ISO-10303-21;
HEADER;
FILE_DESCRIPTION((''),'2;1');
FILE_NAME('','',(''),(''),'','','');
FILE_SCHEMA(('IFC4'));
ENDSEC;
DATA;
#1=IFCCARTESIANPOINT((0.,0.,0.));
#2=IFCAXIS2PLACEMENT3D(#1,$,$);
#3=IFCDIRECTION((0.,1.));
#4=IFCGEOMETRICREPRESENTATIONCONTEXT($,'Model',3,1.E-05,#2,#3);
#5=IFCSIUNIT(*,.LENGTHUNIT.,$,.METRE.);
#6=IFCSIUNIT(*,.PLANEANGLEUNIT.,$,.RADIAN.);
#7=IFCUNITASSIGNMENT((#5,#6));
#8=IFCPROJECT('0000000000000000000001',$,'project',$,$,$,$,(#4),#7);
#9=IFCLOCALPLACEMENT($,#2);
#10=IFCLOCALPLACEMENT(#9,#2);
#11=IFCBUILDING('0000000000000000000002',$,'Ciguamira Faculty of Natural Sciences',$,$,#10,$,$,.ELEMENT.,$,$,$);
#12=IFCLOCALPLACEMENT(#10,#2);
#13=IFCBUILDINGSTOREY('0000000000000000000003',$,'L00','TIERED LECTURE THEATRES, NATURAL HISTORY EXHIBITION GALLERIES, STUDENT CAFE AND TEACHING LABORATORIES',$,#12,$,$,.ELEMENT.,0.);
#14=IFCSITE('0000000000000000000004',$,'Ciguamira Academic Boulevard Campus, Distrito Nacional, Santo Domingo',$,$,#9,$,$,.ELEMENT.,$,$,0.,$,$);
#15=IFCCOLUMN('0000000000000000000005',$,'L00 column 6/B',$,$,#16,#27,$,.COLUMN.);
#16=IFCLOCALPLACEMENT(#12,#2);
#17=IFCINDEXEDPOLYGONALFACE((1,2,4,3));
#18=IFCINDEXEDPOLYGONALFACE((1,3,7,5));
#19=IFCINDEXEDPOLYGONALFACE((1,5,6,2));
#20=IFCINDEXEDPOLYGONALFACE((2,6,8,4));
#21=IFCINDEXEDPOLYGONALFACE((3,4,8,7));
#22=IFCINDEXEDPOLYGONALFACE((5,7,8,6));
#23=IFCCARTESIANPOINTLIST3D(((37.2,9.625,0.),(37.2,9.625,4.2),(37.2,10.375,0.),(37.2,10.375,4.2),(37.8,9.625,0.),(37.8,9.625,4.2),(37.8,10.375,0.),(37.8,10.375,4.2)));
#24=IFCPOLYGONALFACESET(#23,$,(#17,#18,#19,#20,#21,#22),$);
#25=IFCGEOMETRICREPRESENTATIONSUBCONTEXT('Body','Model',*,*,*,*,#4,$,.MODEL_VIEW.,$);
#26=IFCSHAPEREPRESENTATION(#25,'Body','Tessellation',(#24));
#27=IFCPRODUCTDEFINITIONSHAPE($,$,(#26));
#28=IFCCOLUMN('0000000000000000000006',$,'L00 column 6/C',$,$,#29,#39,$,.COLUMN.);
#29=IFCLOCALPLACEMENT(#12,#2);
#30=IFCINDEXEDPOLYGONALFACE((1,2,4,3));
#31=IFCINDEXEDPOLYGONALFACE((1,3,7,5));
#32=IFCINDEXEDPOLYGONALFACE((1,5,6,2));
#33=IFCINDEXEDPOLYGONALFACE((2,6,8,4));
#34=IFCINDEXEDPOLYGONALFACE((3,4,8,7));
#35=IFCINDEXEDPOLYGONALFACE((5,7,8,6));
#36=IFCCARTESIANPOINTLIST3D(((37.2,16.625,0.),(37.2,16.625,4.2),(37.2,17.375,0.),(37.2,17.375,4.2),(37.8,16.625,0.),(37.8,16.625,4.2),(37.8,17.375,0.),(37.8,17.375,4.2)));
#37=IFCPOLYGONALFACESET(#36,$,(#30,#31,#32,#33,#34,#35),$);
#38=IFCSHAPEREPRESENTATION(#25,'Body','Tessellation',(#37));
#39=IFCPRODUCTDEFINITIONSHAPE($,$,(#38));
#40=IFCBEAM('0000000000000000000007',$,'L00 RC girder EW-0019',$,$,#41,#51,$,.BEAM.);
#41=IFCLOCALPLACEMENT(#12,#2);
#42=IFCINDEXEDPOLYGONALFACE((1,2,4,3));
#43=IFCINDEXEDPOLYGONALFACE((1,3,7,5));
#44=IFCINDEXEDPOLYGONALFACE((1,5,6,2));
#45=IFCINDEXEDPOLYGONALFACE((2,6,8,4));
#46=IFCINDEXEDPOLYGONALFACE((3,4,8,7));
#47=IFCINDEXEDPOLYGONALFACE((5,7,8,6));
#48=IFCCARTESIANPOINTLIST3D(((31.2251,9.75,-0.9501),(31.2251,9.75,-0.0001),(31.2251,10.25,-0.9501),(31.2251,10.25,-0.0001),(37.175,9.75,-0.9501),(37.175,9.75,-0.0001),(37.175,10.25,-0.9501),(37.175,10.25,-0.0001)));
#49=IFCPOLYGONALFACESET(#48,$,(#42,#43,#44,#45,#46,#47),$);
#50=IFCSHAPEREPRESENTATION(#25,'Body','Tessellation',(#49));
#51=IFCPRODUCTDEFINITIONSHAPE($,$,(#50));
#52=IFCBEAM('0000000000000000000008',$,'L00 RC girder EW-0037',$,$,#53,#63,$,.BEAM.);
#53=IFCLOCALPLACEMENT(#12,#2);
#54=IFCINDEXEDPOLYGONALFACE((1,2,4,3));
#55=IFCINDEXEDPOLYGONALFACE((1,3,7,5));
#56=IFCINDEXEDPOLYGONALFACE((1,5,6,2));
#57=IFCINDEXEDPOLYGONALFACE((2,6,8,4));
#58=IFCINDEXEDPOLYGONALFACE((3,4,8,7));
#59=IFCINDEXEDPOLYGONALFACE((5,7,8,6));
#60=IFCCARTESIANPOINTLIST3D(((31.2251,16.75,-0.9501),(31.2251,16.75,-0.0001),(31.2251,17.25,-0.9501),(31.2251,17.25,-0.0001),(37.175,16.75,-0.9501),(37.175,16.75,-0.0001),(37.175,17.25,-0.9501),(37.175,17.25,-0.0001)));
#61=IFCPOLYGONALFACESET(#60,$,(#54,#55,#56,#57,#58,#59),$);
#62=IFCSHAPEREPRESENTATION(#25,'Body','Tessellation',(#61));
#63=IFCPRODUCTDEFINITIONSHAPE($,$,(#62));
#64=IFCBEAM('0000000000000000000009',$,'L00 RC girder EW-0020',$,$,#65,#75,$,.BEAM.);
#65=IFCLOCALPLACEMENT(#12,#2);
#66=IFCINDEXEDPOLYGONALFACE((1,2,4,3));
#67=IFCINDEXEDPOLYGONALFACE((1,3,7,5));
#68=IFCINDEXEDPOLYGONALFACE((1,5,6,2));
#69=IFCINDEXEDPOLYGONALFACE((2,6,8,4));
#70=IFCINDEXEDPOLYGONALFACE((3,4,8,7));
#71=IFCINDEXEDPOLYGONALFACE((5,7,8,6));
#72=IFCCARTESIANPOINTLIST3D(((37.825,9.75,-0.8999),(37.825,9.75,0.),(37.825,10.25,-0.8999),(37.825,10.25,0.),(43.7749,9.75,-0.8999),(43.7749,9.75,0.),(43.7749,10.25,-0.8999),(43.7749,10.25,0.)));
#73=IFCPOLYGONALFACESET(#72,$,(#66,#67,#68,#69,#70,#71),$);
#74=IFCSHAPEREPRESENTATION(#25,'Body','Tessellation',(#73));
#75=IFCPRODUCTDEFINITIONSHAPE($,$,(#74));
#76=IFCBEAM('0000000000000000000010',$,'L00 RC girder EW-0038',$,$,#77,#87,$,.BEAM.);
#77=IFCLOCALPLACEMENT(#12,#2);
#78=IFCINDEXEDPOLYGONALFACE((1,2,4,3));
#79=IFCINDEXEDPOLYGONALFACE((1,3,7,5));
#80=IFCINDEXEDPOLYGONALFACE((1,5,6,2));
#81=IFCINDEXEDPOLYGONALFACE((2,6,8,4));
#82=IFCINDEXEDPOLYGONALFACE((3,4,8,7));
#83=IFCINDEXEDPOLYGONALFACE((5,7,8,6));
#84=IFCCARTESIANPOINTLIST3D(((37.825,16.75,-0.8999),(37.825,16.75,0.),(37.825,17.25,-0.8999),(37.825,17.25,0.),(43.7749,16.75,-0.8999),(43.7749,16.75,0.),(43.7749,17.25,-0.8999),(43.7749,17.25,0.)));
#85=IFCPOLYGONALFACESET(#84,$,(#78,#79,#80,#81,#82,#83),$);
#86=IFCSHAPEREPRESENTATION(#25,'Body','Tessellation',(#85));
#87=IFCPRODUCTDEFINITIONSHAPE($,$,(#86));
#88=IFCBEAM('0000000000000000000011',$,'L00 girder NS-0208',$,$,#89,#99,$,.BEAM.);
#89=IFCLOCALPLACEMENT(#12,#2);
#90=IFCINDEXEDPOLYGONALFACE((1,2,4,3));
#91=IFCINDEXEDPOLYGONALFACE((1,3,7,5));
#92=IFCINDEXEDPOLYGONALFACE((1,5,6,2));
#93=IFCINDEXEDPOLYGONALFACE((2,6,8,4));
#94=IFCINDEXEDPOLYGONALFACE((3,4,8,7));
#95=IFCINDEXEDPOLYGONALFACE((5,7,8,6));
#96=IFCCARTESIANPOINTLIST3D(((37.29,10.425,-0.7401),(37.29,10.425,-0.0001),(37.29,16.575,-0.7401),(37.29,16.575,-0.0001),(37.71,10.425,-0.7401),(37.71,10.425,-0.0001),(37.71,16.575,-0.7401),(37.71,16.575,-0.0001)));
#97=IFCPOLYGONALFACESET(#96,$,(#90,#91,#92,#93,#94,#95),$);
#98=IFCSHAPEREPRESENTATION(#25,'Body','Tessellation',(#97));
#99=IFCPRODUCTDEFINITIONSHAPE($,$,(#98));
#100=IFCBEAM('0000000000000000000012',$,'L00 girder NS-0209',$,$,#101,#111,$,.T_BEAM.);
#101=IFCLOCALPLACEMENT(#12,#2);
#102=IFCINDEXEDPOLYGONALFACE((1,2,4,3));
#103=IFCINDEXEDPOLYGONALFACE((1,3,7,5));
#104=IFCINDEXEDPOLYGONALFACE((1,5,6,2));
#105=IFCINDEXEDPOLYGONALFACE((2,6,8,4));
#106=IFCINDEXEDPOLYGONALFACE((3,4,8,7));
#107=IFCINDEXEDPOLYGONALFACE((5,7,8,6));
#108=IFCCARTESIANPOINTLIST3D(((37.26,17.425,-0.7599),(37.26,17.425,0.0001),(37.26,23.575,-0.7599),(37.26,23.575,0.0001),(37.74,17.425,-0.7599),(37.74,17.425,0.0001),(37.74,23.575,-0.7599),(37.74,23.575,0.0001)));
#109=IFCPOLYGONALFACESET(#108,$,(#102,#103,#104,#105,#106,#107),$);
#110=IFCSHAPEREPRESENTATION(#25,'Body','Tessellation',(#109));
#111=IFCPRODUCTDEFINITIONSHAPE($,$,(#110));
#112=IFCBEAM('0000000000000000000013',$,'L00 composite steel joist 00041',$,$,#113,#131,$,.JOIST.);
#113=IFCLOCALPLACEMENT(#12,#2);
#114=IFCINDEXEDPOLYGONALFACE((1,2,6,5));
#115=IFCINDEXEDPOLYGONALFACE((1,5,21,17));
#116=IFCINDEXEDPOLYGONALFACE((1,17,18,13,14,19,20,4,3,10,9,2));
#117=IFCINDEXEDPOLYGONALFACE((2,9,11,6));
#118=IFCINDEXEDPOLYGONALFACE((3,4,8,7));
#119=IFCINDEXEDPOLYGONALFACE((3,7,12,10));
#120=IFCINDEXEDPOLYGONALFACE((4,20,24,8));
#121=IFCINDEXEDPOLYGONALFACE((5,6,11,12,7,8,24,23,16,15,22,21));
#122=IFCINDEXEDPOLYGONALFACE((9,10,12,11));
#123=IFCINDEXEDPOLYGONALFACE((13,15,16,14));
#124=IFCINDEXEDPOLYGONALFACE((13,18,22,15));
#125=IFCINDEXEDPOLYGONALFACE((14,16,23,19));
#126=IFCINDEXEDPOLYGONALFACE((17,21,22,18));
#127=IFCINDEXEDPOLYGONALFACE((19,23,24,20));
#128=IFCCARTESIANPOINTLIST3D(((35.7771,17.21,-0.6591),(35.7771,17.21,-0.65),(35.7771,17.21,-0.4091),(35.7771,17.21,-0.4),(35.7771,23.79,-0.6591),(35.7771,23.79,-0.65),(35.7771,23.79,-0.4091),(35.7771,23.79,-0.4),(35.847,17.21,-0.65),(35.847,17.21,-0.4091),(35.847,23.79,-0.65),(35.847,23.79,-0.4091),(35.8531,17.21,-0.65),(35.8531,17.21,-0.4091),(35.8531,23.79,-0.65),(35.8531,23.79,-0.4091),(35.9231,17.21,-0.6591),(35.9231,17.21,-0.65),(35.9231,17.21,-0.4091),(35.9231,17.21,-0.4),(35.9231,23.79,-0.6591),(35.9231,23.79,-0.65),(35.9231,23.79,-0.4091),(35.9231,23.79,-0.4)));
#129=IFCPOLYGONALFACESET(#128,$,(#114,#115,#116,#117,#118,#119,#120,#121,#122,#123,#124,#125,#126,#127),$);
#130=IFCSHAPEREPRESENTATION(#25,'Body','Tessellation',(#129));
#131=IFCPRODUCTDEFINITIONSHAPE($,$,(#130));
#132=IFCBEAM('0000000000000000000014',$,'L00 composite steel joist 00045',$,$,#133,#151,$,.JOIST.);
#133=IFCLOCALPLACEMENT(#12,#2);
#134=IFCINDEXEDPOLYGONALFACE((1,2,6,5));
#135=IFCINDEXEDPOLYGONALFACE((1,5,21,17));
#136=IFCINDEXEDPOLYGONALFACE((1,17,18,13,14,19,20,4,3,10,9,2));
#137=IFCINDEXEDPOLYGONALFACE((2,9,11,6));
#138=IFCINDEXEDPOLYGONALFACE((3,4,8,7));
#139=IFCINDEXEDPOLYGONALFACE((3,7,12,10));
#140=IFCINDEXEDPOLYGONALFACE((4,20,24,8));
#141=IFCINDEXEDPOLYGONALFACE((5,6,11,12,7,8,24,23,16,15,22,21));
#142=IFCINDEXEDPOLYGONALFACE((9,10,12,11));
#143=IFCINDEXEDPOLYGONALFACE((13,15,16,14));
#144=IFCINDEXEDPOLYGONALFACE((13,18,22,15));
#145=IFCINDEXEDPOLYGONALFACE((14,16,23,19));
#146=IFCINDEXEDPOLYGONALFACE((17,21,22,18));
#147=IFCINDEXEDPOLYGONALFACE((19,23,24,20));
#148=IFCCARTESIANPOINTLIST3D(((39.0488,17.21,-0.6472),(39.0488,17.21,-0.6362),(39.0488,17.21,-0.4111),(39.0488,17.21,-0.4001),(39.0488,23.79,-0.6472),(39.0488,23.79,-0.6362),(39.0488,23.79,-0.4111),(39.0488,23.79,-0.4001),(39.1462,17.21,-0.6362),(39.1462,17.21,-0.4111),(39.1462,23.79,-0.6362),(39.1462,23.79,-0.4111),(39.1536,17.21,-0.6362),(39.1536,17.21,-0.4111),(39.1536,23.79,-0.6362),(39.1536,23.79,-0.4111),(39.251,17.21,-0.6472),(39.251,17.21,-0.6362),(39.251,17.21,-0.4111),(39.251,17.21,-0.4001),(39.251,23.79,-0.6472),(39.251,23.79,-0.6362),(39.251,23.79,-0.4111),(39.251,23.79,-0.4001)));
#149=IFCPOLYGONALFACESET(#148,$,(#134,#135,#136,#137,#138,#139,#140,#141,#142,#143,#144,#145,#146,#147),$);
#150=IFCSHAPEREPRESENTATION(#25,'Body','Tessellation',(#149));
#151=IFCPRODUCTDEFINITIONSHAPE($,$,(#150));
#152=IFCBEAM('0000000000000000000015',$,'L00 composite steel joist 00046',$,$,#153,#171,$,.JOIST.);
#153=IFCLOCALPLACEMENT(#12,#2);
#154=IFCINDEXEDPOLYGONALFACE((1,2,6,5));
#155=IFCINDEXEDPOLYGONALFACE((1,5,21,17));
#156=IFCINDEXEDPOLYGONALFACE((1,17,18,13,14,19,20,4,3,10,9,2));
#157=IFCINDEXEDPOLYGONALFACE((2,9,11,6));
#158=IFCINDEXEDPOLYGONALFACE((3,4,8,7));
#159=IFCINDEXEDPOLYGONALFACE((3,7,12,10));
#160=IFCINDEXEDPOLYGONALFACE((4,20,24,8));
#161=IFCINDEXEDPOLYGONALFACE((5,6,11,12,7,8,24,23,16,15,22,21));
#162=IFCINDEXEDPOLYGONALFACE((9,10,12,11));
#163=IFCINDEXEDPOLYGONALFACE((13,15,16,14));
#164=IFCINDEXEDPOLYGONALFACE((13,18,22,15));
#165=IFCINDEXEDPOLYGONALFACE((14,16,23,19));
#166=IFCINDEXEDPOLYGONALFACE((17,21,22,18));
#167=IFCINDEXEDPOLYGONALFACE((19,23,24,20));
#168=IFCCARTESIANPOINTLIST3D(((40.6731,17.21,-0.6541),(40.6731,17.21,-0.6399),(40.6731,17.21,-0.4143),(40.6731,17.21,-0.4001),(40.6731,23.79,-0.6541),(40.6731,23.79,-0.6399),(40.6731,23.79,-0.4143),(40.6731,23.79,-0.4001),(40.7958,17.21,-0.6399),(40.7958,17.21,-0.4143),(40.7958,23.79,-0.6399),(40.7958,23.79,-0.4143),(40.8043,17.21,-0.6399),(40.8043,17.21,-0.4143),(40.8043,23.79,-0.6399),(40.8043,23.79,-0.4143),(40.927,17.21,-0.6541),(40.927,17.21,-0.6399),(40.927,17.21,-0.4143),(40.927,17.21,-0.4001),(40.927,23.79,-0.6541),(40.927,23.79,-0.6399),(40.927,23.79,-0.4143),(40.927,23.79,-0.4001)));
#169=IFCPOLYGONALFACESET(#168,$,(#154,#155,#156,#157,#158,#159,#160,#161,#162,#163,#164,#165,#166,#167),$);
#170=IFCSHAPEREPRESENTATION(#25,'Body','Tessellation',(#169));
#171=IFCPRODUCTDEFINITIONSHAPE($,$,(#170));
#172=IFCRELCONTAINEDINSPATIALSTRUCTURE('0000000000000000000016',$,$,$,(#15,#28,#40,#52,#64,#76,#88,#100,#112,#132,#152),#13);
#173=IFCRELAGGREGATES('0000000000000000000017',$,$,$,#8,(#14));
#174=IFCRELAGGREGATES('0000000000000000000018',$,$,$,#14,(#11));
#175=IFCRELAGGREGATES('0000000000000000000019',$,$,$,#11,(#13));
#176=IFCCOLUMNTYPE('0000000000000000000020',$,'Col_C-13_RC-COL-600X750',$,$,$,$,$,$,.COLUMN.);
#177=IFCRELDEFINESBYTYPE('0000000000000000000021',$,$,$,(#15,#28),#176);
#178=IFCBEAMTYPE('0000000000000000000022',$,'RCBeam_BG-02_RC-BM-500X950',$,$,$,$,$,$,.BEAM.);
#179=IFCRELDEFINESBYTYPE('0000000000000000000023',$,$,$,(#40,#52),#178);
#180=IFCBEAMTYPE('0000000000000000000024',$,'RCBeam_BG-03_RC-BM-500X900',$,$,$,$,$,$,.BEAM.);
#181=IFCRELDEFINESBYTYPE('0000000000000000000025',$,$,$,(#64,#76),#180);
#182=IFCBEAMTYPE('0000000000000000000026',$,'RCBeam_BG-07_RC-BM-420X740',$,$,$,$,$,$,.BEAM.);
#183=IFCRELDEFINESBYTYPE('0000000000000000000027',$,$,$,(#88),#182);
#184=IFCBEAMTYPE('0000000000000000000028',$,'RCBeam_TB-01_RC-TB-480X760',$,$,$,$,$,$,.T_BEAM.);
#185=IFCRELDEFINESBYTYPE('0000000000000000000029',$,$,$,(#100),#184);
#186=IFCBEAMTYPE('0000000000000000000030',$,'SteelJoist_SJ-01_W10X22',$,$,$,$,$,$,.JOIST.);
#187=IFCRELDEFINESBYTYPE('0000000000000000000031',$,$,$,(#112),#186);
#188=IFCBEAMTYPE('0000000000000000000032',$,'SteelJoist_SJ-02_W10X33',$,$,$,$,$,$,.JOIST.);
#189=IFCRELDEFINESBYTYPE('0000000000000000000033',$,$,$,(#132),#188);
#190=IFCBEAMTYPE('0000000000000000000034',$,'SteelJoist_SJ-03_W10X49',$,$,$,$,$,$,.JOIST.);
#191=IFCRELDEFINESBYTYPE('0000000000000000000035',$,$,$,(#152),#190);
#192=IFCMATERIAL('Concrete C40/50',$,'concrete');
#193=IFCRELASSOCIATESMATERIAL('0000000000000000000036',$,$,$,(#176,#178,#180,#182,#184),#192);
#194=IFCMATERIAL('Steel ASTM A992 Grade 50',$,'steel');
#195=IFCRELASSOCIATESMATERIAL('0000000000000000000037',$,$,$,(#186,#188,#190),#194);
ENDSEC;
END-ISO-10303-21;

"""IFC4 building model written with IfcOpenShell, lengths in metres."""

from ifc_helpers import new_model, si_unit, direction, frame, origin, origin_2d, place, context, subcontext, project, spatial, rectangle, i_section, extrude, material, material_profile, profile_set, type_object, element, save


model = new_model("IFC4")

# Units and contexts
model_context = context("Model", 3, precision=1e-05, world=origin(), true_north=direction((0.0, 1.0)))
body_context = subcontext(model_context, "Body", "Model", "MODEL_VIEW")
ifc_project = project(units=[si_unit("LENGTHUNIT", "METRE"), si_unit("PLANEANGLEUNIT", "RADIAN")], contexts=[model_context])

# Site, building, storey
site_placement = place(None, origin())
site = spatial("IfcSite", under=ifc_project, at=site_placement, Name="Ciguamira Academic Boulevard Campus, Distrito Nacional, Santo Domingo", CompositionType="ELEMENT", RefElevation=0.0)
building_placement = place(site_placement, origin())
building = spatial("IfcBuilding", under=site, at=building_placement, Name="Ciguamira Faculty of Natural Sciences", CompositionType="ELEMENT")
storey_placement = place(building_placement, origin())
storey = spatial("IfcBuildingStorey", under=building, at=storey_placement, Name="L00", Description="TIERED LECTURE THEATRES, NATURAL HISTORY EXHIBITION GALLERIES, STUDENT CAFE AND TEACHING LABORATORIES", CompositionType="ELEMENT", Elevation=0.0)

# Columns
ifc_material_1 = material(Name="Concrete C40/50", Category="concrete")
ifc_material_profile_1 = material_profile(ifc_material_1, rectangle(XDim=0.6001, YDim=0.75, at=origin_2d()), Name="RC-COL-600X750")
ifc_profile_set_1 = profile_set([ifc_material_profile_1], Name="Concrete C40/50")
column_type = type_object("IfcColumnType", Name="Col_C-13_RC-COL-600X750", PredefinedType="COLUMN", material=ifc_profile_set_1)
for number, where, z_axis, x_axis, name in (
    (1, (37.5, 10.0, 0.0), (0.0, 0.0, 1.0), (1.0, 0.0, 0.0), "L00 column 6/B"),
    (2, (37.5, 17.0, 0.0), (0.0, 0.0, 1.0), (1.0, 0.0, 0.0), "L00 column 6/C"),
):
    element("IfcColumn", number, at=place(storey_placement, frame(where, z_axis=z_axis, x_axis=x_axis)), inside=storey, type_object=column_type, Name=name, PredefinedType="COLUMN", context=body_context, shape_type="SweptSolid", body=[
        extrude(rectangle(XDim=0.6001, YDim=0.75, at=origin_2d()), origin(), (0.0, 0.0, 1.0), 4.2),
    ])

# Beams
ifc_material_profile_2 = material_profile(ifc_material_1, rectangle(XDim=0.5, YDim=0.95, at=origin_2d()), Name="RC-BM-500X950")
ifc_profile_set_2 = profile_set([ifc_material_profile_2], Name="Concrete C40/50")
beam_type_1 = type_object("IfcBeamType", Name="RCBeam_BG-02_RC-BM-500X950", PredefinedType="BEAM", material=ifc_profile_set_2)
for number, where, z_axis, x_axis, name in (
    (3, (31.2251, 10.0, -0.4751), (1.0, 0.0, 0.0), (0.0, 1.0, 0.0), "L00 RC girder EW-0019"),
    (4, (31.2251, 17.0, -0.4751), (1.0, 0.0, 0.0), (0.0, 1.0, 0.0), "L00 RC girder EW-0037"),
):
    element("IfcBeam", number, at=place(storey_placement, frame(where, z_axis=z_axis, x_axis=x_axis)), inside=storey, type_object=beam_type_1, Name=name, PredefinedType="BEAM", context=body_context, shape_type="SweptSolid", body=[
        extrude(rectangle(XDim=0.5, YDim=0.95, at=origin_2d()), origin(), (0.0, 0.0, 1.0), 5.95),
    ])
ifc_material_profile_3 = material_profile(ifc_material_1, rectangle(XDim=0.5, YDim=0.8999, at=origin_2d()), Name="RC-BM-500X900")
ifc_profile_set_3 = profile_set([ifc_material_profile_3], Name="Concrete C40/50")
beam_type_2 = type_object("IfcBeamType", Name="RCBeam_BG-03_RC-BM-500X900", PredefinedType="BEAM", material=ifc_profile_set_3)
for number, where, z_axis, x_axis, name in (
    (5, (37.825, 10.0, -0.45), (1.0, 0.0, 0.0), (0.0, 1.0, 0.0), "L00 RC girder EW-0020"),
    (6, (37.825, 17.0, -0.45), (1.0, 0.0, 0.0), (0.0, 1.0, 0.0), "L00 RC girder EW-0038"),
):
    element("IfcBeam", number, at=place(storey_placement, frame(where, z_axis=z_axis, x_axis=x_axis)), inside=storey, type_object=beam_type_2, Name=name, PredefinedType="BEAM", context=body_context, shape_type="SweptSolid", body=[
        extrude(rectangle(XDim=0.5, YDim=0.8999, at=origin_2d()), origin(), (0.0, 0.0, 1.0), 5.95),
    ])
ifc_material_profile_4 = material_profile(ifc_material_1, rectangle(XDim=0.4199, YDim=0.74, at=origin_2d()), Name="RC-BM-420X740")
ifc_profile_set_4 = profile_set([ifc_material_profile_4], Name="Concrete C40/50")
beam_type_3 = type_object("IfcBeamType", Name="RCBeam_BG-07_RC-BM-420X740", PredefinedType="BEAM", material=ifc_profile_set_4)
beam_1_placement = place(storey_placement, frame((37.5, 10.425, -0.3701), z_axis=(0.0, 1.0, 0.0), x_axis=(-1.0, 0.0, 0.0)))
element("IfcBeam", 7, at=beam_1_placement, inside=storey, type_object=beam_type_3, Name="L00 girder NS-0208", PredefinedType="BEAM", context=body_context, shape_type="SweptSolid", body=[
    extrude(rectangle(XDim=0.4199, YDim=0.74, at=origin_2d()), origin(), (0.0, 0.0, 1.0), 6.1499),
])
ifc_material_profile_5 = material_profile(ifc_material_1, rectangle(XDim=0.48, YDim=0.76, at=origin_2d()), Name="RC-TB-480X760")
ifc_profile_set_5 = profile_set([ifc_material_profile_5], Name="Concrete C40/50")
beam_type_4 = type_object("IfcBeamType", Name="RCBeam_TB-01_RC-TB-480X760", PredefinedType="T_BEAM", material=ifc_profile_set_5)
beam_2_placement = place(storey_placement, frame((37.5, 17.425, -0.3799), z_axis=(0.0, 1.0, 0.0), x_axis=(-1.0, 0.0, 0.0)))
element("IfcBeam", 8, at=beam_2_placement, inside=storey, type_object=beam_type_4, Name="L00 girder NS-0209", PredefinedType="T_BEAM", context=body_context, shape_type="SweptSolid", body=[
    extrude(rectangle(XDim=0.48, YDim=0.76, at=origin_2d()), origin(), (0.0, 0.0, 1.0), 6.1499),
])
ifc_material_2 = material(Name="Steel ASTM A992 Grade 50", Category="steel")
ifc_material_profile_6 = material_profile(ifc_material_2, i_section(OverallWidth=0.146, OverallDepth=0.259, WebThickness=0.0061, FlangeThickness=0.009, at=origin_2d()), Name="W10X22")
ifc_profile_set_6 = profile_set([ifc_material_profile_6], Name="Steel ASTM A992 Grade 50")
beam_type_5 = type_object("IfcBeamType", Name="SteelJoist_SJ-01_W10X22", PredefinedType="JOIST", material=ifc_profile_set_6)
beam_3_placement = place(storey_placement, frame((35.8501, 17.21, -0.5295), z_axis=(0.0, 1.0, 0.0), x_axis=(-1.0, 0.0, 0.0)))
element("IfcBeam", 9, at=beam_3_placement, inside=storey, type_object=beam_type_5, Name="L00 composite steel joist 00041", PredefinedType="JOIST", context=body_context, shape_type="SweptSolid", body=[
    extrude(i_section(OverallWidth=0.146, OverallDepth=0.259, WebThickness=0.0061, FlangeThickness=0.009, at=origin_2d()), origin(), (0.0, 0.0, 1.0), 6.5801),
])
ifc_material_profile_7 = material_profile(ifc_material_2, i_section(OverallWidth=0.2021, OverallDepth=0.2471, WebThickness=0.0073, FlangeThickness=0.011, at=origin_2d()), Name="W10X33")
ifc_profile_set_7 = profile_set([ifc_material_profile_7], Name="Steel ASTM A992 Grade 50")
beam_type_6 = type_object("IfcBeamType", Name="SteelJoist_SJ-02_W10X33", PredefinedType="JOIST", material=ifc_profile_set_7)
beam_4_placement = place(storey_placement, frame((39.1499, 17.21, -0.5237), z_axis=(0.0, 1.0, 0.0), x_axis=(-1.0, 0.0, 0.0)))
element("IfcBeam", 10, at=beam_4_placement, inside=storey, type_object=beam_type_6, Name="L00 composite steel joist 00045", PredefinedType="JOIST", context=body_context, shape_type="SweptSolid", body=[
    extrude(i_section(OverallWidth=0.2021, OverallDepth=0.2471, WebThickness=0.0073, FlangeThickness=0.011, at=origin_2d()), origin(), (0.0, 0.0, 1.0), 6.5801),
])
ifc_material_profile_8 = material_profile(ifc_material_2, i_section(OverallWidth=0.2539, OverallDepth=0.2539, WebThickness=0.0085, FlangeThickness=0.0142, at=origin_2d()), Name="W10X49")
ifc_profile_set_8 = profile_set([ifc_material_profile_8], Name="Steel ASTM A992 Grade 50")
beam_type_7 = type_object("IfcBeamType", Name="SteelJoist_SJ-03_W10X49", PredefinedType="JOIST", material=ifc_profile_set_8)
beam_5_placement = place(storey_placement, frame((40.8, 17.21, -0.5271), z_axis=(0.0, 1.0, 0.0), x_axis=(-1.0, 0.0, 0.0)))
element("IfcBeam", 11, at=beam_5_placement, inside=storey, type_object=beam_type_7, Name="L00 composite steel joist 00046", PredefinedType="JOIST", context=body_context, shape_type="SweptSolid", body=[
    extrude(i_section(OverallWidth=0.2539, OverallDepth=0.2539, WebThickness=0.0085, FlangeThickness=0.0142, at=origin_2d()), origin(), (0.0, 0.0, 1.0), 6.5801),
])

save(model, "model.ifc")
